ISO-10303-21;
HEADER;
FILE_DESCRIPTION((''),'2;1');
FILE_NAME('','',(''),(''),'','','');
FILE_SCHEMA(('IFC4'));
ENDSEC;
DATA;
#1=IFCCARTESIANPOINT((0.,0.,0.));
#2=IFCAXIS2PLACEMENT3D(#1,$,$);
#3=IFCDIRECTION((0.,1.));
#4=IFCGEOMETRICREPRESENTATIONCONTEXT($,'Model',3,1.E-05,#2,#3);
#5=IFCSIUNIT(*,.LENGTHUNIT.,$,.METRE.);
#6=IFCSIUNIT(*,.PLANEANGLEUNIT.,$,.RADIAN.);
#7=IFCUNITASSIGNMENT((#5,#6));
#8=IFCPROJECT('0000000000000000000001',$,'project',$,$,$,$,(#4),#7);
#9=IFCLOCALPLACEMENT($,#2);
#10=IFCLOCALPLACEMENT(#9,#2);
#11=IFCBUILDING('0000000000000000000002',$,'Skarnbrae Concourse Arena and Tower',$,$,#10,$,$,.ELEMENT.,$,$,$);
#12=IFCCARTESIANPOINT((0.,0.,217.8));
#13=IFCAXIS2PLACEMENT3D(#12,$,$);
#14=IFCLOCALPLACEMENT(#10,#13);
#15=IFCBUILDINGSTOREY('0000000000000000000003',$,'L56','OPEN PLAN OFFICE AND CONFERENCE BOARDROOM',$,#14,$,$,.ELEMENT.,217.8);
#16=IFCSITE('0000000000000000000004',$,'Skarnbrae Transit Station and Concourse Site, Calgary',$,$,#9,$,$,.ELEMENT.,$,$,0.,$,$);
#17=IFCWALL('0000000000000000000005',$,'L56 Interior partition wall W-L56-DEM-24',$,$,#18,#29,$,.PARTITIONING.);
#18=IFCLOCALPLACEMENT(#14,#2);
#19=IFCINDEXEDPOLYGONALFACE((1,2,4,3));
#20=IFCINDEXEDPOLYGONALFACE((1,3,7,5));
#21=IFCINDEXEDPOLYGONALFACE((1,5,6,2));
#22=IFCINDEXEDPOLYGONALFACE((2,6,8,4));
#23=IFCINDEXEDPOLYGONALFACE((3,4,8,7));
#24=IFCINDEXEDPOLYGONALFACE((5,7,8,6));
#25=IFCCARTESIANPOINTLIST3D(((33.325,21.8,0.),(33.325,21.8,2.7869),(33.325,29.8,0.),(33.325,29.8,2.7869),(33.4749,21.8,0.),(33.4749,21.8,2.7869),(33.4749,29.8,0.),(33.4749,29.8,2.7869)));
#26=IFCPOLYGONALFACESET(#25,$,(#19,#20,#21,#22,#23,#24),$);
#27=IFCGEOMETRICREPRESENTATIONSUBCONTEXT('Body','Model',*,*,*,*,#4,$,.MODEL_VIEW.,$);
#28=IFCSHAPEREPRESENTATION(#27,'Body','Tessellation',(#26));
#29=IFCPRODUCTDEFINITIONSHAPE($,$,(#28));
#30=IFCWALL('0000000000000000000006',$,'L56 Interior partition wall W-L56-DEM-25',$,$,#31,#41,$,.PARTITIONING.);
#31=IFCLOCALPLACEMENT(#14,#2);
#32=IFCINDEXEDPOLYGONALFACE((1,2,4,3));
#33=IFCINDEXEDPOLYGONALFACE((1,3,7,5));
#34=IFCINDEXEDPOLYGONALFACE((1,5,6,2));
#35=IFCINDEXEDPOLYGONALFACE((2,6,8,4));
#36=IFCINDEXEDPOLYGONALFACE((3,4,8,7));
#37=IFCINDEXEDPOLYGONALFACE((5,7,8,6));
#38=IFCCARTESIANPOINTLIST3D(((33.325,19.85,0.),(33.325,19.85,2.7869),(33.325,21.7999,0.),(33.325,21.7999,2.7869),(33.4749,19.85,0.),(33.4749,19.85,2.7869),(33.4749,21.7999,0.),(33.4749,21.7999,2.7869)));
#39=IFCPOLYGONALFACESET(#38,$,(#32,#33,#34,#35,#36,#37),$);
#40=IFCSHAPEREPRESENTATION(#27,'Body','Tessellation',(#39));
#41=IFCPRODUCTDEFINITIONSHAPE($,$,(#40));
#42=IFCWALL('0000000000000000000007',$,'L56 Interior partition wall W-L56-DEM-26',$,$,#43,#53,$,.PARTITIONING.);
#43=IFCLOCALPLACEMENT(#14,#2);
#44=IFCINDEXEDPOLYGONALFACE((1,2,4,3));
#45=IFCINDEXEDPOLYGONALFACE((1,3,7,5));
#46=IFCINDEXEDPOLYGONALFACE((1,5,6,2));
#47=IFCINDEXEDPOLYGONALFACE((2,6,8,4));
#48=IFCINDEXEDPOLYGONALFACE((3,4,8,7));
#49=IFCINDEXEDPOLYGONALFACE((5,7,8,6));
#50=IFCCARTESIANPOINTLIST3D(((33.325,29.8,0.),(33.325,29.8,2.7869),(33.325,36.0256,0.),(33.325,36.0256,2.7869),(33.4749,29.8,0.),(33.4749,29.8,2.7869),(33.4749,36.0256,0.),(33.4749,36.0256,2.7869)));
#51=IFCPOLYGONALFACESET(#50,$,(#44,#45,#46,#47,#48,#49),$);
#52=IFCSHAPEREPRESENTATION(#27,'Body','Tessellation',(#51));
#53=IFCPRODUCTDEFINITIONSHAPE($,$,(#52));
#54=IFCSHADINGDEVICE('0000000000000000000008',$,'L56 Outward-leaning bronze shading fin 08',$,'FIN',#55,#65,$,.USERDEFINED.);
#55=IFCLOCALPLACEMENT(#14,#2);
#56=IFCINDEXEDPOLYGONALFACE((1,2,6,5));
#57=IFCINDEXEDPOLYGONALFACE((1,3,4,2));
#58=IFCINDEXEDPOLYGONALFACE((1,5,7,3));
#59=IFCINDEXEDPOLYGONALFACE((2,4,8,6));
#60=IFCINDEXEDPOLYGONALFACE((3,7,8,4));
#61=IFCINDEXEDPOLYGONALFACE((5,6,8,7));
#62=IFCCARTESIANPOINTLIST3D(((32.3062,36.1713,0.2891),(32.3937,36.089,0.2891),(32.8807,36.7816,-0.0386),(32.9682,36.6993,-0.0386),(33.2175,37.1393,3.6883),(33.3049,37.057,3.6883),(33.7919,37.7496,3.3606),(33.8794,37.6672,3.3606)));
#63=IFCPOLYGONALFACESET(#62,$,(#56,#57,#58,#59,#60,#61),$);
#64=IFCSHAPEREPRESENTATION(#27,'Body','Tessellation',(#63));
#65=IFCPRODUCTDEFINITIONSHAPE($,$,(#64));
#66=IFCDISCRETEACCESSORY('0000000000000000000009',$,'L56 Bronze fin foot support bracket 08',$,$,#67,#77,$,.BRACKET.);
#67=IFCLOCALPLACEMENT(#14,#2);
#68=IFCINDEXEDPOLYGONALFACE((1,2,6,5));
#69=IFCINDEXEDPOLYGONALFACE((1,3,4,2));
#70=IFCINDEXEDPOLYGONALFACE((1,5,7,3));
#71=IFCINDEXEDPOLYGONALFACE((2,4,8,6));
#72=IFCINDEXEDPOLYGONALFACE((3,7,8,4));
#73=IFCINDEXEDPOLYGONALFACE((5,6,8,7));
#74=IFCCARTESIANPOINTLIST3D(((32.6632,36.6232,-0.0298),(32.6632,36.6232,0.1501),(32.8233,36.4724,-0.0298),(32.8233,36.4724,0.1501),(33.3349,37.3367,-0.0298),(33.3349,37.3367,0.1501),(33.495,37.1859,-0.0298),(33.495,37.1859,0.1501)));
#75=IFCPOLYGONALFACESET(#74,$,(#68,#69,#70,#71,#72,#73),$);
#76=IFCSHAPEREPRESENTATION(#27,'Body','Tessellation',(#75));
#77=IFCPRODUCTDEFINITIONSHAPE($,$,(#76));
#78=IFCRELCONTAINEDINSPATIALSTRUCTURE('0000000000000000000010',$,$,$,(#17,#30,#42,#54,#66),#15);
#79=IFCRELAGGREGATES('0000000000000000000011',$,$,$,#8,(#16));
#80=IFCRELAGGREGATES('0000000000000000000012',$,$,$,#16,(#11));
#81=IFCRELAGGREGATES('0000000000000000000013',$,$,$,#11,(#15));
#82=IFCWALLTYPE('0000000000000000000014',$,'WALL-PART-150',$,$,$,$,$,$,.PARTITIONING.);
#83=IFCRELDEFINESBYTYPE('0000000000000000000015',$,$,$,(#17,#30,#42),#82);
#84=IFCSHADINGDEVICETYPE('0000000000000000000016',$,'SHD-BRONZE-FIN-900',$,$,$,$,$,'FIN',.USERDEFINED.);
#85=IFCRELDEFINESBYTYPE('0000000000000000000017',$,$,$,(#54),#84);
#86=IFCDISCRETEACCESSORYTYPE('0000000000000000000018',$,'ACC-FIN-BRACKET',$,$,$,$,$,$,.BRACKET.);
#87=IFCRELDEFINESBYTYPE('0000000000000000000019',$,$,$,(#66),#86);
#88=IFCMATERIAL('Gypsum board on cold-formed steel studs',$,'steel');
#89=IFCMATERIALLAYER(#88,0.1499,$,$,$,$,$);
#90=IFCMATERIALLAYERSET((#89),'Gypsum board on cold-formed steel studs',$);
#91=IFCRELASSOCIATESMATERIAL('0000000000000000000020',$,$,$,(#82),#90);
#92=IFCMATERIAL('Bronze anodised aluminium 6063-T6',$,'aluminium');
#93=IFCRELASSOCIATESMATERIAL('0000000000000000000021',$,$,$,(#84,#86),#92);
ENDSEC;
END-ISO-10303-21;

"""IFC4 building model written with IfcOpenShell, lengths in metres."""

from ifc_helpers import new_model, si_unit, direction, frame, frame_2d, origin, origin_2d, place, context, subcontext, project, spatial, rectangle, extrude, source, transform, mapped, material, layer, layer_set, type_object, element, save


model = new_model("IFC4")

# Units and contexts
model_context = context("Model", 3, precision=1e-05, world=origin(), true_north=direction((0.0, 1.0)))
body_context = subcontext(model_context, "Body", "Model", "MODEL_VIEW")
ifc_project = project(units=[si_unit("LENGTHUNIT", "METRE"), si_unit("PLANEANGLEUNIT", "RADIAN")], contexts=[model_context])

# Site, building, storey
site_placement = place(None, origin())
site = spatial("IfcSite", under=ifc_project, at=site_placement, Name="Skarnbrae Transit Station and Concourse Site, Calgary", CompositionType="ELEMENT", RefElevation=0.0)
building_placement = place(site_placement, origin())
building = spatial("IfcBuilding", under=site, at=building_placement, Name="Skarnbrae Concourse Arena and Tower", CompositionType="ELEMENT")
storey_placement = place(building_placement, frame((0.0, 0.0, 217.8)))
storey = spatial("IfcBuildingStorey", under=building, at=storey_placement, Name="L56", Description="OPEN PLAN OFFICE AND CONFERENCE BOARDROOM", CompositionType="ELEMENT", Elevation=217.8)

# Shared definitions
ifc_material_1 = material(Name="Bronze anodised aluminium 6063-T6", Category="aluminium")

# Walls
ifc_material_2 = material(Name="Gypsum board on cold-formed steel studs", Category="steel")
ifc_layer_1 = layer(ifc_material_2, 0.1499)
ifc_layer_set_1 = layer_set([ifc_layer_1], Name="Gypsum board on cold-formed steel studs")
wall_type_1 = type_object("IfcWallType", Name="WALL-PART-150", PredefinedType="PARTITIONING", material=ifc_layer_set_1)
shared_shape_1 = source(origin(), body_context, "Body", "SweptSolid", [
    extrude(rectangle(XDim=8.0, YDim=0.1499, at=frame_2d((4.0, 0.0))), origin(), (0.0, 0.0, 1.0), 2.7869),
])
wall_1_placement = place(storey_placement, frame((33.3999, 29.8, 0.0), z_axis=(0.0, 0.0, 1.0), x_axis=(0.0, -1.0, 0.0)))
element("IfcWall", 1, at=wall_1_placement, inside=storey, type_object=wall_type_1, Name="L56 Interior partition wall W-L56-DEM-24", PredefinedType="PARTITIONING", context=body_context, shape_type="MappedRepresentation", body=[
    mapped(shared_shape_1, transform((0.0, 0.0, 0.0))),
])
shared_shape_2 = source(origin(), body_context, "Body", "SweptSolid", [
    extrude(rectangle(XDim=1.95, YDim=0.1499, at=frame_2d((0.9751, 0.0))), origin(), (0.0, 0.0, 1.0), 2.7869),
])
wall_2_placement = place(storey_placement, frame((33.3999, 21.8, 0.0), z_axis=(0.0, 0.0, 1.0), x_axis=(0.0, -1.0, 0.0)))
element("IfcWall", 2, at=wall_2_placement, inside=storey, type_object=wall_type_1, Name="L56 Interior partition wall W-L56-DEM-25", PredefinedType="PARTITIONING", context=body_context, shape_type="MappedRepresentation", body=[
    mapped(shared_shape_2, transform((0.0, 0.0, 0.0))),
])
shared_shape_3 = source(origin(), body_context, "Body", "SweptSolid", [
    extrude(rectangle(XDim=6.2256, YDim=0.1499, at=frame_2d((3.1128, 0.0))), origin(), (0.0, 0.0, 1.0), 2.7869),
])
wall_3_placement = place(storey_placement, frame((33.3999, 36.0256, 0.0), z_axis=(0.0, 0.0, 1.0), x_axis=(0.0, -1.0, 0.0)))
element("IfcWall", 3, at=wall_3_placement, inside=storey, type_object=wall_type_1, Name="L56 Interior partition wall W-L56-DEM-26", PredefinedType="PARTITIONING", context=body_context, shape_type="MappedRepresentation", body=[
    mapped(shared_shape_3, transform((0.0, 0.0, 0.0))),
])

# Shading device
shading_device_type = type_object("IfcShadingDeviceType", Name="SHD-BRONZE-FIN-900", ElementType="FIN", PredefinedType="USERDEFINED", material=ifc_material_1)
shared_shape_4 = source(origin(), body_context, "Body", "SweptSolid", [
    extrude(rectangle(XDim=0.1201, YDim=0.8999, at=origin_2d()), origin(), (0.0, 0.0, 1.0), 3.6499),
])
shading_device_placement = place(storey_placement, frame((32.6372, 36.4353, 0.1252), z_axis=(0.249655, 0.265205, 0.93131), x_axis=(0.728132, -0.685437, 0.0)))
element("IfcShadingDevice", 4, at=shading_device_placement, inside=storey, type_object=shading_device_type, Name="L56 Outward-leaning bronze shading fin 08", ObjectType="FIN", PredefinedType="USERDEFINED", context=body_context, shape_type="MappedRepresentation", body=[
    mapped(shared_shape_4, transform((0.0, 0.0, 0.0))),
])

# Discrete accessory
discrete_accessory_type = type_object("IfcDiscreteAccessoryType", Name="ACC-FIN-BRACKET", PredefinedType="BRACKET", material=ifc_material_1)
shared_shape_5 = source(origin(), body_context, "Body", "SweptSolid", [
    extrude(rectangle(XDim=0.22, YDim=0.98, at=origin_2d()), origin(), (0.0, 0.0, 1.0), 0.1799),
])
discrete_accessory_placement = place(storey_placement, frame((33.0791, 36.9045, -0.0298), z_axis=(0.0, 0.0, 1.0), x_axis=(0.728132, -0.685437, 0.0)))
element("IfcDiscreteAccessory", 5, at=discrete_accessory_placement, inside=storey, type_object=discrete_accessory_type, Name="L56 Bronze fin foot support bracket 08", PredefinedType="BRACKET", context=body_context, shape_type="MappedRepresentation", body=[
    mapped(shared_shape_5, transform((0.0, 0.0, 0.0))),
])

save(model, "model.ifc")
